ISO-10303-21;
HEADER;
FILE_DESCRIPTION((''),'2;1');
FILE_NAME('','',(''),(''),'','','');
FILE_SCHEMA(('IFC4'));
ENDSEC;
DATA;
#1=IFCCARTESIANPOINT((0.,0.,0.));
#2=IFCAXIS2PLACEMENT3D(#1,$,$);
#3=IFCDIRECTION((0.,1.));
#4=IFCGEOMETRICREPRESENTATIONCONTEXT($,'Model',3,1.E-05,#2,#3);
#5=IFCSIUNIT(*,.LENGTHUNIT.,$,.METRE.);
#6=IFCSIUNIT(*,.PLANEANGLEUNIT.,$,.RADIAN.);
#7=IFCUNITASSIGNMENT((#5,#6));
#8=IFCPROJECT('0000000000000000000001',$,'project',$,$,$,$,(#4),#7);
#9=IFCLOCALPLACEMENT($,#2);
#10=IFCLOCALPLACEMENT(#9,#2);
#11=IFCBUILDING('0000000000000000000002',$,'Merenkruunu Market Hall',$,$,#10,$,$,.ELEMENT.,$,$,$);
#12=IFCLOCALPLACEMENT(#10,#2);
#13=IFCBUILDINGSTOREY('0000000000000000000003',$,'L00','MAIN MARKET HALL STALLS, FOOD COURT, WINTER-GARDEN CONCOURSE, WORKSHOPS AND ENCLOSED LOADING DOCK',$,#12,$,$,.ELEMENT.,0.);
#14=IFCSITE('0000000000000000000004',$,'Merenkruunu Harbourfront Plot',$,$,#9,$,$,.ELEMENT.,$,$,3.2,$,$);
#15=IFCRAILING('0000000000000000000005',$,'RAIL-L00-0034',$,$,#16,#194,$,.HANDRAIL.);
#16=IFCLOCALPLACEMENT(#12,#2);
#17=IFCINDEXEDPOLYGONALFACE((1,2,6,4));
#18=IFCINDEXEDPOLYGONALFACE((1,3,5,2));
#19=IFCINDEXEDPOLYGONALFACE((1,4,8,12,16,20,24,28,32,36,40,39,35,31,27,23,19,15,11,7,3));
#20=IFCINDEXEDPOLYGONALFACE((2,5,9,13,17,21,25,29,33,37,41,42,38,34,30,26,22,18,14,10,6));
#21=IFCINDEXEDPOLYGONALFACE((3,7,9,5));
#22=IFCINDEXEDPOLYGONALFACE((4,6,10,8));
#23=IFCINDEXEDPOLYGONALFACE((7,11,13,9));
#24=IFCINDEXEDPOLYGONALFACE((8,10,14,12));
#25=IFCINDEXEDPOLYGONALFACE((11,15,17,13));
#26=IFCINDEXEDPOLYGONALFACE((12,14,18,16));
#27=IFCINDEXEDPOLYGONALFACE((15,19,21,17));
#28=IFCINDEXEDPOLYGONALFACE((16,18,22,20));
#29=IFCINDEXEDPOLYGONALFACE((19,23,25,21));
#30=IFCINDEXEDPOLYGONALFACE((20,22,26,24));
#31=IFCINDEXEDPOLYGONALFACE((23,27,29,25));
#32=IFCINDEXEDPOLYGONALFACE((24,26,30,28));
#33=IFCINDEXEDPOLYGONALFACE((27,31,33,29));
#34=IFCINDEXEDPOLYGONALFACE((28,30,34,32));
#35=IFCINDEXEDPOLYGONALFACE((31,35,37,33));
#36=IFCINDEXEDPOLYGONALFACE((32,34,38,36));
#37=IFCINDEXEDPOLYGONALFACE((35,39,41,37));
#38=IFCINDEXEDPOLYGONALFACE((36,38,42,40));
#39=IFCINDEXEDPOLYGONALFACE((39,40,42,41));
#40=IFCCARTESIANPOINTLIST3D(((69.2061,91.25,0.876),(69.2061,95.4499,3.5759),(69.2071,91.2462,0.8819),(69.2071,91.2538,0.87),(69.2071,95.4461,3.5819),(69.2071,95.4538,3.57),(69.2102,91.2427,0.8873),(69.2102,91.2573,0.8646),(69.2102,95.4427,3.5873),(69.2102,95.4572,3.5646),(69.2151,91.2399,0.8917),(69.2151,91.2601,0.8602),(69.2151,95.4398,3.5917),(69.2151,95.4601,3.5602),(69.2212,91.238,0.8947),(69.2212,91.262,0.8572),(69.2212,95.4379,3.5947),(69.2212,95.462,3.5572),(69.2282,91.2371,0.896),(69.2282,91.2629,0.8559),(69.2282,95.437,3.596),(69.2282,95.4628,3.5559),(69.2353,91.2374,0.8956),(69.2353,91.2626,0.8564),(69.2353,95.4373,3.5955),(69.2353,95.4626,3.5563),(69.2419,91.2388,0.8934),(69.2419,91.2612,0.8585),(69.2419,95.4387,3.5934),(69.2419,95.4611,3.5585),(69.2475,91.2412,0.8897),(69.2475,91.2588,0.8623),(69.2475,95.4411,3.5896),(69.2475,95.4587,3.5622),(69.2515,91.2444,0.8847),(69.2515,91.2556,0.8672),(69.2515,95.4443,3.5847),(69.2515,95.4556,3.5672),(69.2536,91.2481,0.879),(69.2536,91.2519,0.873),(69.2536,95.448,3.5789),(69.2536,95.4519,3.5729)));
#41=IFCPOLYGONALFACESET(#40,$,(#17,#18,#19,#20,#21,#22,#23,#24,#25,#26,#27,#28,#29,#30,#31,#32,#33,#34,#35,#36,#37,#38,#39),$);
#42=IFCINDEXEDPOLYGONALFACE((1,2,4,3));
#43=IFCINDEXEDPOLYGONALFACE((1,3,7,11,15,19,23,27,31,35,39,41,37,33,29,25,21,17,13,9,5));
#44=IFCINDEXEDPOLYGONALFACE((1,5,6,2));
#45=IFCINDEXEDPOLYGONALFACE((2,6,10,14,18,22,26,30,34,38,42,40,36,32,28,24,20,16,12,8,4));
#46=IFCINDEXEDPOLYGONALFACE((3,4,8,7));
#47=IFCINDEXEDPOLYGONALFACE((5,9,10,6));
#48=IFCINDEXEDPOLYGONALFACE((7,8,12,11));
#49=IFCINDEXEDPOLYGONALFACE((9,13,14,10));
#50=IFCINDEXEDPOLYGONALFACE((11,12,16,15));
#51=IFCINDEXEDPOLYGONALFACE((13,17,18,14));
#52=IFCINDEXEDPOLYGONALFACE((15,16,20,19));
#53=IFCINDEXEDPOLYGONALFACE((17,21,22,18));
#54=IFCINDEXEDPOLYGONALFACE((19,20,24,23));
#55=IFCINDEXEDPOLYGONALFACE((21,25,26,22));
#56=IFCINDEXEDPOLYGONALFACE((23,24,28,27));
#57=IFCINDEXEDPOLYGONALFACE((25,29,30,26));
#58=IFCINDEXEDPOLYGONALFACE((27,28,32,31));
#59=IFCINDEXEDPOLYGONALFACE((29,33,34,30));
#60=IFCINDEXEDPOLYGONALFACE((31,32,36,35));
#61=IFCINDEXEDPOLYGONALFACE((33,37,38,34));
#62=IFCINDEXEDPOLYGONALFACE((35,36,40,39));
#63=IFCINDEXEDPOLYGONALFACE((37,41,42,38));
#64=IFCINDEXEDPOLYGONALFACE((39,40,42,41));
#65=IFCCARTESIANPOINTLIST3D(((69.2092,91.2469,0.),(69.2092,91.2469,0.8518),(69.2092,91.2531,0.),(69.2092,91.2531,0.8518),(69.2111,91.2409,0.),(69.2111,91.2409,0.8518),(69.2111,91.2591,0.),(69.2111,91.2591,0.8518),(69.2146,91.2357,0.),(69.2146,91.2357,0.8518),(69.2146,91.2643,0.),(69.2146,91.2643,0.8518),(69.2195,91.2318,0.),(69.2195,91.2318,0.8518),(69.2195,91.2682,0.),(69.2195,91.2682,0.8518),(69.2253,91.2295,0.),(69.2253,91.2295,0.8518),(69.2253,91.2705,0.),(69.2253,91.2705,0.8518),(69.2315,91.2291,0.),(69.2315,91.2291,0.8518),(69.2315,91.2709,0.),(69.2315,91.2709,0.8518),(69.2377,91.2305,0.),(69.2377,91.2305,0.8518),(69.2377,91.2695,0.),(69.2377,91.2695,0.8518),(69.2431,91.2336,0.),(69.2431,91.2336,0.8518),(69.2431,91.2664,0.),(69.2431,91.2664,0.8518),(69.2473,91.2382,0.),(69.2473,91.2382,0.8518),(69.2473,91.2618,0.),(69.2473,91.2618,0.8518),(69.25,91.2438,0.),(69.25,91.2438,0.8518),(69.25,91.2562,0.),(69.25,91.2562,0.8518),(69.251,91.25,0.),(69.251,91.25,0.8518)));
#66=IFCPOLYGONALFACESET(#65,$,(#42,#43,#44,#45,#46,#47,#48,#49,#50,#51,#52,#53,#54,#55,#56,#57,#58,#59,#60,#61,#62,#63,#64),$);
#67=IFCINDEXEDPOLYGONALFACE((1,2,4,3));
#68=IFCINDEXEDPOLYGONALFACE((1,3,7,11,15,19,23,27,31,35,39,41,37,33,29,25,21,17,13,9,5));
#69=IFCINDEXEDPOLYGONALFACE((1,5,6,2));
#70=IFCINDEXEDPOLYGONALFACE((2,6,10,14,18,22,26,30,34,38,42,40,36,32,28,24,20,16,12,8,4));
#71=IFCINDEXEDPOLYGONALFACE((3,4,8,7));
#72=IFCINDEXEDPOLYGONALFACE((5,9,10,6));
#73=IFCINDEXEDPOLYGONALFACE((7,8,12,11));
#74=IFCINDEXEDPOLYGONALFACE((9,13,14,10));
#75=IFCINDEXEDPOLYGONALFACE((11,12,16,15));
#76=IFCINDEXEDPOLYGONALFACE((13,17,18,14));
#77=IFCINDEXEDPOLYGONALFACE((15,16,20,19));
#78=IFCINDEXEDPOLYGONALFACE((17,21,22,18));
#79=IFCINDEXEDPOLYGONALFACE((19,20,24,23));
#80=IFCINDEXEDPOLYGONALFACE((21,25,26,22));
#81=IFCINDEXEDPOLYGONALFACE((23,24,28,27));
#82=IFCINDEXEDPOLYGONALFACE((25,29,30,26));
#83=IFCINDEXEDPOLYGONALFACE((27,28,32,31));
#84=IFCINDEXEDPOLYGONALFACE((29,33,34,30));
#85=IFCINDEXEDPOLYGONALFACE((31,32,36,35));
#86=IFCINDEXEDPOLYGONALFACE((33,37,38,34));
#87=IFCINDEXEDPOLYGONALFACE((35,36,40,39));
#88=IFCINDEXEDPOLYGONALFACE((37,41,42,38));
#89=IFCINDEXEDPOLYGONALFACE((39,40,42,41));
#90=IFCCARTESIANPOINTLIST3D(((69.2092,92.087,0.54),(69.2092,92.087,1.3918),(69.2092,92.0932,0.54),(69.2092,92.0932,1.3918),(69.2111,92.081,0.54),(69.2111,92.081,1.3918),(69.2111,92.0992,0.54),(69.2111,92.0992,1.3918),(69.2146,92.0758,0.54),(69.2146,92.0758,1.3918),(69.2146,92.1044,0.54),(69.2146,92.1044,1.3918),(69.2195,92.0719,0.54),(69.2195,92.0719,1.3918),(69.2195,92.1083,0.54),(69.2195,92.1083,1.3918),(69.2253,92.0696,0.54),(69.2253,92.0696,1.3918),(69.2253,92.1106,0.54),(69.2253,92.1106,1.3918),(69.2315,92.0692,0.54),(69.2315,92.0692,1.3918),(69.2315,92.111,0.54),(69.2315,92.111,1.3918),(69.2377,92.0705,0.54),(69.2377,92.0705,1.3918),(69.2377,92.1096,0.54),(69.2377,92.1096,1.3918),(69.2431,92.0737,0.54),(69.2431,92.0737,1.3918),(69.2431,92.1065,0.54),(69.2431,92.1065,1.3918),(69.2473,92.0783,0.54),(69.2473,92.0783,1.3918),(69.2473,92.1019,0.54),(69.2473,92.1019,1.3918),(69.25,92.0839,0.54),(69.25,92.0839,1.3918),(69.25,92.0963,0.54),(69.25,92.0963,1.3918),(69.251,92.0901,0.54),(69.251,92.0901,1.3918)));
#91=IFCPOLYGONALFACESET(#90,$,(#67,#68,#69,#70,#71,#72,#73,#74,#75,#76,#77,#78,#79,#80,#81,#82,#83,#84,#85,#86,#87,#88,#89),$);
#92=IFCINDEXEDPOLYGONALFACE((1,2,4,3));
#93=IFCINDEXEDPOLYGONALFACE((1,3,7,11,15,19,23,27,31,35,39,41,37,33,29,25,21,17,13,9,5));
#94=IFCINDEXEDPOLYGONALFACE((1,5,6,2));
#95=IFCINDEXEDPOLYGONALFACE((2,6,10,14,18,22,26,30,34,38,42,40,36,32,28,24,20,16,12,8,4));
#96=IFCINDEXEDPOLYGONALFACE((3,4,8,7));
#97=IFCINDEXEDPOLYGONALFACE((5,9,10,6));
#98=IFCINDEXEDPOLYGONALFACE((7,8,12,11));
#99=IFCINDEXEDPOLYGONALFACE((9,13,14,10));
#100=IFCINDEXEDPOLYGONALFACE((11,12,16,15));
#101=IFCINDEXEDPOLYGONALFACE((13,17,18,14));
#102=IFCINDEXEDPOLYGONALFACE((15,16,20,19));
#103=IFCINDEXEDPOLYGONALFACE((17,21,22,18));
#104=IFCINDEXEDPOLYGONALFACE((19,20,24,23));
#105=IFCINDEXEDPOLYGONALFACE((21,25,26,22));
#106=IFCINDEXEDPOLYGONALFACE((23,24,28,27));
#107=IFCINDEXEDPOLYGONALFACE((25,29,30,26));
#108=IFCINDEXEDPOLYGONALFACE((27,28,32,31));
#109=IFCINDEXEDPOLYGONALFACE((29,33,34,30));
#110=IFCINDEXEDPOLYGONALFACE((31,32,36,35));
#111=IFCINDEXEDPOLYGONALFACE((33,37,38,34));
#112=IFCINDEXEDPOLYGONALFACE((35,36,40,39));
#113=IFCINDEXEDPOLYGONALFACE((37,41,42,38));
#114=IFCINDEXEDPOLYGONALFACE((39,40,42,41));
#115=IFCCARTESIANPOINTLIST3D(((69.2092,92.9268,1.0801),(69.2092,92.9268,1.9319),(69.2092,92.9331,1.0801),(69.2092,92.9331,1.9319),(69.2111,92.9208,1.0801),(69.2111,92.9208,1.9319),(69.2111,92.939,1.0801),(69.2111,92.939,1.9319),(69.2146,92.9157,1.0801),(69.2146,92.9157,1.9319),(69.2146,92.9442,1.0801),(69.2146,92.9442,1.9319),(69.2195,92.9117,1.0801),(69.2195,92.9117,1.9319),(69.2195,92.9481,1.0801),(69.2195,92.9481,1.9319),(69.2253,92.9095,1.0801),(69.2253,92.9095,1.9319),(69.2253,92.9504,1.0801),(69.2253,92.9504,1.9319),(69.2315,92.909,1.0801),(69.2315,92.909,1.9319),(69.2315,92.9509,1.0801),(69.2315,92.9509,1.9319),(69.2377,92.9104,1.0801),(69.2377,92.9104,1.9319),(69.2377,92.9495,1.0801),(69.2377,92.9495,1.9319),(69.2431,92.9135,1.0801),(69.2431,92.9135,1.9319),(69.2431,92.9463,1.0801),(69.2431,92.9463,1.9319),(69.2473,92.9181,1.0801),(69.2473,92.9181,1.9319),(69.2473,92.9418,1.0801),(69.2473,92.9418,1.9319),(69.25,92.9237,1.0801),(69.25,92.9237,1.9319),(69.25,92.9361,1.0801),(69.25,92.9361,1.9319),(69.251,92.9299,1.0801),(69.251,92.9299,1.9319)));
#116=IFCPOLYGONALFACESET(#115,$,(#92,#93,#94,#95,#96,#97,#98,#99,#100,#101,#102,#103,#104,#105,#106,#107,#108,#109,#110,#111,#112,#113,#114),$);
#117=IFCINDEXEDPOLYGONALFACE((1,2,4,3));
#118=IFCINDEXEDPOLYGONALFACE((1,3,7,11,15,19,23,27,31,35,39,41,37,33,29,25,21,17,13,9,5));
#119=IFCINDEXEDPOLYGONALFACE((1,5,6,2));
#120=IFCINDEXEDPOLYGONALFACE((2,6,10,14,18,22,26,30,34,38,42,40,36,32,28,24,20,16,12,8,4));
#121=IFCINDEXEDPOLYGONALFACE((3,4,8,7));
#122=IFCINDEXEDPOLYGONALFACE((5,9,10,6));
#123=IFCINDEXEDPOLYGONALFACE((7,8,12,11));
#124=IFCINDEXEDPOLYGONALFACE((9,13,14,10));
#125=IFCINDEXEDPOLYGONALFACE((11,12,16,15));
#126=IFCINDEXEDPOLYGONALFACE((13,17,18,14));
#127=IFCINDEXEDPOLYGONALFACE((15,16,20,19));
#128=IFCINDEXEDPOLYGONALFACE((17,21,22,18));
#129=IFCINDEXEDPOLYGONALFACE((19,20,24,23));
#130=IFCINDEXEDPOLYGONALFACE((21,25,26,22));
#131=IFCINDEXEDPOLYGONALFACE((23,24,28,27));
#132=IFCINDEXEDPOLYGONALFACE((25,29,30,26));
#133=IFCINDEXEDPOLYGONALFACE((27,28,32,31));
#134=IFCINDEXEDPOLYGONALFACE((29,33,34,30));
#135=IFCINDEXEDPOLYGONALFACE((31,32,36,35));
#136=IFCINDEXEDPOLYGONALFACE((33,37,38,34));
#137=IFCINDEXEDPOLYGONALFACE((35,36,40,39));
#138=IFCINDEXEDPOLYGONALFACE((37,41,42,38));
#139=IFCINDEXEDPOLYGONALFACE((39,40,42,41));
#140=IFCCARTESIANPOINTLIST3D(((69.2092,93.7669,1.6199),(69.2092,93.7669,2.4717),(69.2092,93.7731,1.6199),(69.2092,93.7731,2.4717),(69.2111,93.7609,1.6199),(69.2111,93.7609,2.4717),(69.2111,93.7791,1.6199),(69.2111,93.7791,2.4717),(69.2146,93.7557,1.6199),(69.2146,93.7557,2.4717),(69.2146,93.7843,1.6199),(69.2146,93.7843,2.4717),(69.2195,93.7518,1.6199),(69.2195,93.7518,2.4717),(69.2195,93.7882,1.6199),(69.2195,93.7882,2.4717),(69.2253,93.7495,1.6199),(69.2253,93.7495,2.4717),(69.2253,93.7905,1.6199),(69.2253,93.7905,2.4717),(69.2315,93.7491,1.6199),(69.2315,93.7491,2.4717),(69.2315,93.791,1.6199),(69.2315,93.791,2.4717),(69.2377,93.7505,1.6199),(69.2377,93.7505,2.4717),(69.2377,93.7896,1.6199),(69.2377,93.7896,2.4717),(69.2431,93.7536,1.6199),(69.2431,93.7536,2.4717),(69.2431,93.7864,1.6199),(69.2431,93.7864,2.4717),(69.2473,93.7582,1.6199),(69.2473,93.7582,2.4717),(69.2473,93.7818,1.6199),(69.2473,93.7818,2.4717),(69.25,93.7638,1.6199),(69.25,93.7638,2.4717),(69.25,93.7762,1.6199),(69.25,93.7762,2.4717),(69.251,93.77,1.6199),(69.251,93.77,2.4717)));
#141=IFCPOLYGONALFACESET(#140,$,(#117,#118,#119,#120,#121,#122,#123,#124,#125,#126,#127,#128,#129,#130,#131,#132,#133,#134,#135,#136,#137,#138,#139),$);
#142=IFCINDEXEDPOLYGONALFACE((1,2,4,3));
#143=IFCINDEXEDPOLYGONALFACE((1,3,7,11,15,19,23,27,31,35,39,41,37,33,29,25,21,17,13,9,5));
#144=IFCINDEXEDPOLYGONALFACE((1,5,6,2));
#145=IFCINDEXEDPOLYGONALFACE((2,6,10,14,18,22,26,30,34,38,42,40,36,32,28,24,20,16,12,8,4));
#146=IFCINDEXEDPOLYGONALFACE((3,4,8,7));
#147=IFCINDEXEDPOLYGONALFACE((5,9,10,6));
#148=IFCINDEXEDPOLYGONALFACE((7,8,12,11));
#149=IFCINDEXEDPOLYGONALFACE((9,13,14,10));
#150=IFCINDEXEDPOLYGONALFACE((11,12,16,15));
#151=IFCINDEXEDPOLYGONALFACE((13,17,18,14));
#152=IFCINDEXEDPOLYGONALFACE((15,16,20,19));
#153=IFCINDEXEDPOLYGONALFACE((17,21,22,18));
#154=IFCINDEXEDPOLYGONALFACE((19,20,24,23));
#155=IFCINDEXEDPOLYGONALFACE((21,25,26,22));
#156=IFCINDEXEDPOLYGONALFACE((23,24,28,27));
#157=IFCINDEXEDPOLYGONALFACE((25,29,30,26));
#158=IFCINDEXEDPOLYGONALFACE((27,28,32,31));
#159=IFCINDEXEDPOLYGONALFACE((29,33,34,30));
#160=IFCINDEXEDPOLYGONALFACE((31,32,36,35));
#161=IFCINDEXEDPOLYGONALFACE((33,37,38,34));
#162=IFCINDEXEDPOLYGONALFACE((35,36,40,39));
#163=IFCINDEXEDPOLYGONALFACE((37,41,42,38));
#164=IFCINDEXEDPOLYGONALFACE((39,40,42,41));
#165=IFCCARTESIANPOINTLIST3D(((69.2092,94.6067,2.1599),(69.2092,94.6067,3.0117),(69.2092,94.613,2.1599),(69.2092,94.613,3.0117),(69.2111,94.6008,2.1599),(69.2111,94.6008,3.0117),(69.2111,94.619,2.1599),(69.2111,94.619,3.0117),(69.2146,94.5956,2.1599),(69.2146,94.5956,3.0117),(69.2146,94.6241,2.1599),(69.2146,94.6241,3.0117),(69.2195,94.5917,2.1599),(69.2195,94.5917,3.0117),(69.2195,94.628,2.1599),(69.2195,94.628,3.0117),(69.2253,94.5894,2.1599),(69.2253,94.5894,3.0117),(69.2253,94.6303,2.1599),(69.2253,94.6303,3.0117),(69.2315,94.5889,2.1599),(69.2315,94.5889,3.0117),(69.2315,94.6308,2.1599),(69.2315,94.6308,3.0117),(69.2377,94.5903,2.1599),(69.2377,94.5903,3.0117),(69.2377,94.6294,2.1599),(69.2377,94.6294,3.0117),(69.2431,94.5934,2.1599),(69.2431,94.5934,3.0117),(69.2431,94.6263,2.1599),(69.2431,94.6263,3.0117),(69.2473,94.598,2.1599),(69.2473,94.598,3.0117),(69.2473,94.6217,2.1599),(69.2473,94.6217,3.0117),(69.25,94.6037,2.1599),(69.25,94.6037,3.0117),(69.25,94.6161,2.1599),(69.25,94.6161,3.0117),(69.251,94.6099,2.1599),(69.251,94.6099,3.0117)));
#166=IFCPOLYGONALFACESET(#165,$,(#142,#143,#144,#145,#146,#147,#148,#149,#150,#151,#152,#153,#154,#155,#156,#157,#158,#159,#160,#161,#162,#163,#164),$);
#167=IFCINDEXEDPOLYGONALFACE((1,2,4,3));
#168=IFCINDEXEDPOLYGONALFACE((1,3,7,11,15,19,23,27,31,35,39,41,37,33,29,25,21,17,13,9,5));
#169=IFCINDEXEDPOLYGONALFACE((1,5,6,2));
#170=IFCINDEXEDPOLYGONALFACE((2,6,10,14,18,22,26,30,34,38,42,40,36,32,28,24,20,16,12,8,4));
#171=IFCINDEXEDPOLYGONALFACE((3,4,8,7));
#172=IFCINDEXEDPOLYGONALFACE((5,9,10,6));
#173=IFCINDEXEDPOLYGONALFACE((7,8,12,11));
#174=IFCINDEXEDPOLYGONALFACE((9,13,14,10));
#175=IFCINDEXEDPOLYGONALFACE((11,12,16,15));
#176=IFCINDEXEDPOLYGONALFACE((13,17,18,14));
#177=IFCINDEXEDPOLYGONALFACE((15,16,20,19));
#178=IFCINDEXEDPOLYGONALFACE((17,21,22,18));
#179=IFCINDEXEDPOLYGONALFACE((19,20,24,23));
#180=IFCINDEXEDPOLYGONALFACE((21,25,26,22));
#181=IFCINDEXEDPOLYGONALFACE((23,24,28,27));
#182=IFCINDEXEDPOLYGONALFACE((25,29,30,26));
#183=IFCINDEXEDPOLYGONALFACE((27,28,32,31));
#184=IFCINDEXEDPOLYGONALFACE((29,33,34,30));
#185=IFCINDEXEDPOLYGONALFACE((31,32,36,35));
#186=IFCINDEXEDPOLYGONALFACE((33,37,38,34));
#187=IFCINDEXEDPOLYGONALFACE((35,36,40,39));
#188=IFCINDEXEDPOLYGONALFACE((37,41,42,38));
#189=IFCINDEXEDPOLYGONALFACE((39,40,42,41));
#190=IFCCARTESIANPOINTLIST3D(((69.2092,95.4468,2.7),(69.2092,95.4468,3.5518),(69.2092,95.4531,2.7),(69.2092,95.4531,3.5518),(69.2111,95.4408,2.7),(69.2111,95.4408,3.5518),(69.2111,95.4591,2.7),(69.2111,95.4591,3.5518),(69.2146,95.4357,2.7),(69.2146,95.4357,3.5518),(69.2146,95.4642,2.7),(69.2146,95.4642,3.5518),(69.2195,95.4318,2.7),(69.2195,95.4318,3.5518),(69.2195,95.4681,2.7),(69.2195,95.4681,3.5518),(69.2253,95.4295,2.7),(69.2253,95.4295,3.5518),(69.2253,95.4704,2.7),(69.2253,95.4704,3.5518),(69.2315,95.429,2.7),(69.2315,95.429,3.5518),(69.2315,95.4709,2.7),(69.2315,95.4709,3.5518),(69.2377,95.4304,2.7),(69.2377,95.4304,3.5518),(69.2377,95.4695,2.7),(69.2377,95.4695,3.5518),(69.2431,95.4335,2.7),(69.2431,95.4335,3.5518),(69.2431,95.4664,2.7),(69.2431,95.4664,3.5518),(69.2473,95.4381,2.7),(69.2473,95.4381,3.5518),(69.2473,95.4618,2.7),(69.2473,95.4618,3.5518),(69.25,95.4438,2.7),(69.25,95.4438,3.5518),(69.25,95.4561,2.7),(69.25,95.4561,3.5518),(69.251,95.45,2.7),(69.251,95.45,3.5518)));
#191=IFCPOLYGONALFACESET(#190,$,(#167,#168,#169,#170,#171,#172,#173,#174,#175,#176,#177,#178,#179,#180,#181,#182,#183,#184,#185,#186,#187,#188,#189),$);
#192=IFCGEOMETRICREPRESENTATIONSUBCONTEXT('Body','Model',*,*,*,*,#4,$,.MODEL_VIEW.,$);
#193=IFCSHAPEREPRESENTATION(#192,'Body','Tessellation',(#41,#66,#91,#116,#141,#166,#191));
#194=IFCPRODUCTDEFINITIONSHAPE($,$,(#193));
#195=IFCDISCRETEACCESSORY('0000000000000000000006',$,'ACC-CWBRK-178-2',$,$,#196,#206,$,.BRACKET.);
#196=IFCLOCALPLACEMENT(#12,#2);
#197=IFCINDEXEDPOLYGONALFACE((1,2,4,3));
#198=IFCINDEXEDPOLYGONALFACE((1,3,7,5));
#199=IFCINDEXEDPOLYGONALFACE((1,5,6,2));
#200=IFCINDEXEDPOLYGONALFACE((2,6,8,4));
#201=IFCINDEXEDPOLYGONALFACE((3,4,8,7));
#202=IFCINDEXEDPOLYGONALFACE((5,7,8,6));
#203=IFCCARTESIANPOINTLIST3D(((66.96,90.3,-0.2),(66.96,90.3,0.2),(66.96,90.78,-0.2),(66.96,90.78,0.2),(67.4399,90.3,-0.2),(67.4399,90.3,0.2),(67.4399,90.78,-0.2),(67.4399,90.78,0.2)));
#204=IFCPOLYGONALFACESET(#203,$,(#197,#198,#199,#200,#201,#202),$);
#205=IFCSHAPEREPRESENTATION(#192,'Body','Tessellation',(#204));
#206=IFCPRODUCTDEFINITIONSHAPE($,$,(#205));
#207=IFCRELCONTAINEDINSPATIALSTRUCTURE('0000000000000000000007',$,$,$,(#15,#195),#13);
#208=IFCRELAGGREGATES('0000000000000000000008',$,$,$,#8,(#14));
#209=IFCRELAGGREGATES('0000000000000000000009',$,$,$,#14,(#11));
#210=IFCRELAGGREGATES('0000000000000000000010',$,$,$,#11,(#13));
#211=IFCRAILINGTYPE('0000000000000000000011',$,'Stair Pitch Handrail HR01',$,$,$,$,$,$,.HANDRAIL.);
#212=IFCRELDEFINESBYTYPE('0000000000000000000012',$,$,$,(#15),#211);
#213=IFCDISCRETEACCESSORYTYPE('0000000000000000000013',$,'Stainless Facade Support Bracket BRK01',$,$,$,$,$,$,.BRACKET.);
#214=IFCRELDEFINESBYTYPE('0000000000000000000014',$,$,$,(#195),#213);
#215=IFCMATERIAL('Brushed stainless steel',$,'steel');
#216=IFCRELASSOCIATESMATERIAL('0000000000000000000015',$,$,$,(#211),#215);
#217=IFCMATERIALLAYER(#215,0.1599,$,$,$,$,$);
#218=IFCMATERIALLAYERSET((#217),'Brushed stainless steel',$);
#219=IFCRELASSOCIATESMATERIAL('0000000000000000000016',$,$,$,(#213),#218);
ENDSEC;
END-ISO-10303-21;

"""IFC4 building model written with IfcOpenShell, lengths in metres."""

from ifc_helpers import new_model, si_unit, direction, frame, origin, origin_2d, place, context, subcontext, project, spatial, rectangle, circle, extrude, material, layer, layer_set, type_object, element, save


model = new_model("IFC4")

# Units and contexts
model_context = context("Model", 3, precision=1e-05, world=origin(), true_north=direction((0.0, 1.0)))
body_context = subcontext(model_context, "Body", "Model", "MODEL_VIEW")
ifc_project = project(units=[si_unit("LENGTHUNIT", "METRE"), si_unit("PLANEANGLEUNIT", "RADIAN")], contexts=[model_context])

# Site, building, storey
site_placement = place(None, origin())
site = spatial("IfcSite", under=ifc_project, at=site_placement, Name="Merenkruunu Harbourfront Plot", CompositionType="ELEMENT", RefElevation=3.2)
building_placement = place(site_placement, origin())
building = spatial("IfcBuilding", under=site, at=building_placement, Name="Merenkruunu Market Hall", CompositionType="ELEMENT")
storey_placement = place(building_placement, origin())
storey = spatial("IfcBuildingStorey", under=building, at=storey_placement, Name="L00", Description="MAIN MARKET HALL STALLS, FOOD COURT, WINTER-GARDEN CONCOURSE, WORKSHOPS AND ENCLOSED LOADING DOCK", CompositionType="ELEMENT", Elevation=0.0)

# Railing
ifc_material_1 = material(Name="Brushed stainless steel", Category="steel")
railing_type_1 = type_object("IfcRailingType", Name="Stair Pitch Handrail HR01", PredefinedType="HANDRAIL", material=ifc_material_1)
railing_1_placement = place(storey_placement, frame((69.23, 91.25, 0.0)))
element("IfcRailing", 1, at=railing_1_placement, inside=storey, type_object=railing_type_1, Name="RAIL-L00-0034", PredefinedType="HANDRAIL", context=body_context, shape_type="SweptSolid", body=[
    extrude(circle(Radius=0.0239, at=origin_2d()), frame((0.0, 0.0, 0.876), z_axis=(0.0, 0.84118, 0.540755), x_axis=(-1.0, 0.0, 0.0)), (0.0, 0.0, 1.0), 4.9929),
    extrude(circle(Radius=0.021, at=origin_2d()), origin(), (0.0, 0.0, 1.0), 0.8518),
    extrude(circle(Radius=0.021, at=origin_2d()), frame((0.0, 0.8401, 0.54)), (0.0, 0.0, 1.0), 0.8518),
    extrude(circle(Radius=0.021, at=origin_2d()), frame((0.0, 1.6799, 1.0801)), (0.0, 0.0, 1.0), 0.8518),
    extrude(circle(Radius=0.021, at=origin_2d()), frame((0.0, 2.52, 1.6199)), (0.0, 0.0, 1.0), 0.8518),
    extrude(circle(Radius=0.021, at=origin_2d()), frame((0.0, 3.3599, 2.1599)), (0.0, 0.0, 1.0), 0.8518),
    extrude(circle(Radius=0.021, at=origin_2d()), frame((0.0, 4.2, 2.7)), (0.0, 0.0, 1.0), 0.8518),
])

# Discrete accessory
ifc_layer_1 = layer(ifc_material_1, 0.1599)
ifc_layer_set_1 = layer_set([ifc_layer_1], Name="Brushed stainless steel")
discrete_accessory_type = type_object("IfcDiscreteAccessoryType", Name="Stainless Facade Support Bracket BRK01", PredefinedType="BRACKET", material=ifc_layer_set_1)
discrete_accessory_placement = place(storey_placement, frame((67.2, 90.54, -0.2), z_axis=(0.0, 0.0, 1.0), x_axis=(1.0, 0.0, 0.0)))
element("IfcDiscreteAccessory", 2, at=discrete_accessory_placement, inside=storey, type_object=discrete_accessory_type, Name="ACC-CWBRK-178-2", PredefinedType="BRACKET", context=body_context, shape_type="SweptSolid", body=[
    extrude(rectangle(XDim=0.48, YDim=0.48, at=origin_2d()), origin(), (0.0, 0.0, 1.0), 0.3999),
])

save(model, "model.ifc")
